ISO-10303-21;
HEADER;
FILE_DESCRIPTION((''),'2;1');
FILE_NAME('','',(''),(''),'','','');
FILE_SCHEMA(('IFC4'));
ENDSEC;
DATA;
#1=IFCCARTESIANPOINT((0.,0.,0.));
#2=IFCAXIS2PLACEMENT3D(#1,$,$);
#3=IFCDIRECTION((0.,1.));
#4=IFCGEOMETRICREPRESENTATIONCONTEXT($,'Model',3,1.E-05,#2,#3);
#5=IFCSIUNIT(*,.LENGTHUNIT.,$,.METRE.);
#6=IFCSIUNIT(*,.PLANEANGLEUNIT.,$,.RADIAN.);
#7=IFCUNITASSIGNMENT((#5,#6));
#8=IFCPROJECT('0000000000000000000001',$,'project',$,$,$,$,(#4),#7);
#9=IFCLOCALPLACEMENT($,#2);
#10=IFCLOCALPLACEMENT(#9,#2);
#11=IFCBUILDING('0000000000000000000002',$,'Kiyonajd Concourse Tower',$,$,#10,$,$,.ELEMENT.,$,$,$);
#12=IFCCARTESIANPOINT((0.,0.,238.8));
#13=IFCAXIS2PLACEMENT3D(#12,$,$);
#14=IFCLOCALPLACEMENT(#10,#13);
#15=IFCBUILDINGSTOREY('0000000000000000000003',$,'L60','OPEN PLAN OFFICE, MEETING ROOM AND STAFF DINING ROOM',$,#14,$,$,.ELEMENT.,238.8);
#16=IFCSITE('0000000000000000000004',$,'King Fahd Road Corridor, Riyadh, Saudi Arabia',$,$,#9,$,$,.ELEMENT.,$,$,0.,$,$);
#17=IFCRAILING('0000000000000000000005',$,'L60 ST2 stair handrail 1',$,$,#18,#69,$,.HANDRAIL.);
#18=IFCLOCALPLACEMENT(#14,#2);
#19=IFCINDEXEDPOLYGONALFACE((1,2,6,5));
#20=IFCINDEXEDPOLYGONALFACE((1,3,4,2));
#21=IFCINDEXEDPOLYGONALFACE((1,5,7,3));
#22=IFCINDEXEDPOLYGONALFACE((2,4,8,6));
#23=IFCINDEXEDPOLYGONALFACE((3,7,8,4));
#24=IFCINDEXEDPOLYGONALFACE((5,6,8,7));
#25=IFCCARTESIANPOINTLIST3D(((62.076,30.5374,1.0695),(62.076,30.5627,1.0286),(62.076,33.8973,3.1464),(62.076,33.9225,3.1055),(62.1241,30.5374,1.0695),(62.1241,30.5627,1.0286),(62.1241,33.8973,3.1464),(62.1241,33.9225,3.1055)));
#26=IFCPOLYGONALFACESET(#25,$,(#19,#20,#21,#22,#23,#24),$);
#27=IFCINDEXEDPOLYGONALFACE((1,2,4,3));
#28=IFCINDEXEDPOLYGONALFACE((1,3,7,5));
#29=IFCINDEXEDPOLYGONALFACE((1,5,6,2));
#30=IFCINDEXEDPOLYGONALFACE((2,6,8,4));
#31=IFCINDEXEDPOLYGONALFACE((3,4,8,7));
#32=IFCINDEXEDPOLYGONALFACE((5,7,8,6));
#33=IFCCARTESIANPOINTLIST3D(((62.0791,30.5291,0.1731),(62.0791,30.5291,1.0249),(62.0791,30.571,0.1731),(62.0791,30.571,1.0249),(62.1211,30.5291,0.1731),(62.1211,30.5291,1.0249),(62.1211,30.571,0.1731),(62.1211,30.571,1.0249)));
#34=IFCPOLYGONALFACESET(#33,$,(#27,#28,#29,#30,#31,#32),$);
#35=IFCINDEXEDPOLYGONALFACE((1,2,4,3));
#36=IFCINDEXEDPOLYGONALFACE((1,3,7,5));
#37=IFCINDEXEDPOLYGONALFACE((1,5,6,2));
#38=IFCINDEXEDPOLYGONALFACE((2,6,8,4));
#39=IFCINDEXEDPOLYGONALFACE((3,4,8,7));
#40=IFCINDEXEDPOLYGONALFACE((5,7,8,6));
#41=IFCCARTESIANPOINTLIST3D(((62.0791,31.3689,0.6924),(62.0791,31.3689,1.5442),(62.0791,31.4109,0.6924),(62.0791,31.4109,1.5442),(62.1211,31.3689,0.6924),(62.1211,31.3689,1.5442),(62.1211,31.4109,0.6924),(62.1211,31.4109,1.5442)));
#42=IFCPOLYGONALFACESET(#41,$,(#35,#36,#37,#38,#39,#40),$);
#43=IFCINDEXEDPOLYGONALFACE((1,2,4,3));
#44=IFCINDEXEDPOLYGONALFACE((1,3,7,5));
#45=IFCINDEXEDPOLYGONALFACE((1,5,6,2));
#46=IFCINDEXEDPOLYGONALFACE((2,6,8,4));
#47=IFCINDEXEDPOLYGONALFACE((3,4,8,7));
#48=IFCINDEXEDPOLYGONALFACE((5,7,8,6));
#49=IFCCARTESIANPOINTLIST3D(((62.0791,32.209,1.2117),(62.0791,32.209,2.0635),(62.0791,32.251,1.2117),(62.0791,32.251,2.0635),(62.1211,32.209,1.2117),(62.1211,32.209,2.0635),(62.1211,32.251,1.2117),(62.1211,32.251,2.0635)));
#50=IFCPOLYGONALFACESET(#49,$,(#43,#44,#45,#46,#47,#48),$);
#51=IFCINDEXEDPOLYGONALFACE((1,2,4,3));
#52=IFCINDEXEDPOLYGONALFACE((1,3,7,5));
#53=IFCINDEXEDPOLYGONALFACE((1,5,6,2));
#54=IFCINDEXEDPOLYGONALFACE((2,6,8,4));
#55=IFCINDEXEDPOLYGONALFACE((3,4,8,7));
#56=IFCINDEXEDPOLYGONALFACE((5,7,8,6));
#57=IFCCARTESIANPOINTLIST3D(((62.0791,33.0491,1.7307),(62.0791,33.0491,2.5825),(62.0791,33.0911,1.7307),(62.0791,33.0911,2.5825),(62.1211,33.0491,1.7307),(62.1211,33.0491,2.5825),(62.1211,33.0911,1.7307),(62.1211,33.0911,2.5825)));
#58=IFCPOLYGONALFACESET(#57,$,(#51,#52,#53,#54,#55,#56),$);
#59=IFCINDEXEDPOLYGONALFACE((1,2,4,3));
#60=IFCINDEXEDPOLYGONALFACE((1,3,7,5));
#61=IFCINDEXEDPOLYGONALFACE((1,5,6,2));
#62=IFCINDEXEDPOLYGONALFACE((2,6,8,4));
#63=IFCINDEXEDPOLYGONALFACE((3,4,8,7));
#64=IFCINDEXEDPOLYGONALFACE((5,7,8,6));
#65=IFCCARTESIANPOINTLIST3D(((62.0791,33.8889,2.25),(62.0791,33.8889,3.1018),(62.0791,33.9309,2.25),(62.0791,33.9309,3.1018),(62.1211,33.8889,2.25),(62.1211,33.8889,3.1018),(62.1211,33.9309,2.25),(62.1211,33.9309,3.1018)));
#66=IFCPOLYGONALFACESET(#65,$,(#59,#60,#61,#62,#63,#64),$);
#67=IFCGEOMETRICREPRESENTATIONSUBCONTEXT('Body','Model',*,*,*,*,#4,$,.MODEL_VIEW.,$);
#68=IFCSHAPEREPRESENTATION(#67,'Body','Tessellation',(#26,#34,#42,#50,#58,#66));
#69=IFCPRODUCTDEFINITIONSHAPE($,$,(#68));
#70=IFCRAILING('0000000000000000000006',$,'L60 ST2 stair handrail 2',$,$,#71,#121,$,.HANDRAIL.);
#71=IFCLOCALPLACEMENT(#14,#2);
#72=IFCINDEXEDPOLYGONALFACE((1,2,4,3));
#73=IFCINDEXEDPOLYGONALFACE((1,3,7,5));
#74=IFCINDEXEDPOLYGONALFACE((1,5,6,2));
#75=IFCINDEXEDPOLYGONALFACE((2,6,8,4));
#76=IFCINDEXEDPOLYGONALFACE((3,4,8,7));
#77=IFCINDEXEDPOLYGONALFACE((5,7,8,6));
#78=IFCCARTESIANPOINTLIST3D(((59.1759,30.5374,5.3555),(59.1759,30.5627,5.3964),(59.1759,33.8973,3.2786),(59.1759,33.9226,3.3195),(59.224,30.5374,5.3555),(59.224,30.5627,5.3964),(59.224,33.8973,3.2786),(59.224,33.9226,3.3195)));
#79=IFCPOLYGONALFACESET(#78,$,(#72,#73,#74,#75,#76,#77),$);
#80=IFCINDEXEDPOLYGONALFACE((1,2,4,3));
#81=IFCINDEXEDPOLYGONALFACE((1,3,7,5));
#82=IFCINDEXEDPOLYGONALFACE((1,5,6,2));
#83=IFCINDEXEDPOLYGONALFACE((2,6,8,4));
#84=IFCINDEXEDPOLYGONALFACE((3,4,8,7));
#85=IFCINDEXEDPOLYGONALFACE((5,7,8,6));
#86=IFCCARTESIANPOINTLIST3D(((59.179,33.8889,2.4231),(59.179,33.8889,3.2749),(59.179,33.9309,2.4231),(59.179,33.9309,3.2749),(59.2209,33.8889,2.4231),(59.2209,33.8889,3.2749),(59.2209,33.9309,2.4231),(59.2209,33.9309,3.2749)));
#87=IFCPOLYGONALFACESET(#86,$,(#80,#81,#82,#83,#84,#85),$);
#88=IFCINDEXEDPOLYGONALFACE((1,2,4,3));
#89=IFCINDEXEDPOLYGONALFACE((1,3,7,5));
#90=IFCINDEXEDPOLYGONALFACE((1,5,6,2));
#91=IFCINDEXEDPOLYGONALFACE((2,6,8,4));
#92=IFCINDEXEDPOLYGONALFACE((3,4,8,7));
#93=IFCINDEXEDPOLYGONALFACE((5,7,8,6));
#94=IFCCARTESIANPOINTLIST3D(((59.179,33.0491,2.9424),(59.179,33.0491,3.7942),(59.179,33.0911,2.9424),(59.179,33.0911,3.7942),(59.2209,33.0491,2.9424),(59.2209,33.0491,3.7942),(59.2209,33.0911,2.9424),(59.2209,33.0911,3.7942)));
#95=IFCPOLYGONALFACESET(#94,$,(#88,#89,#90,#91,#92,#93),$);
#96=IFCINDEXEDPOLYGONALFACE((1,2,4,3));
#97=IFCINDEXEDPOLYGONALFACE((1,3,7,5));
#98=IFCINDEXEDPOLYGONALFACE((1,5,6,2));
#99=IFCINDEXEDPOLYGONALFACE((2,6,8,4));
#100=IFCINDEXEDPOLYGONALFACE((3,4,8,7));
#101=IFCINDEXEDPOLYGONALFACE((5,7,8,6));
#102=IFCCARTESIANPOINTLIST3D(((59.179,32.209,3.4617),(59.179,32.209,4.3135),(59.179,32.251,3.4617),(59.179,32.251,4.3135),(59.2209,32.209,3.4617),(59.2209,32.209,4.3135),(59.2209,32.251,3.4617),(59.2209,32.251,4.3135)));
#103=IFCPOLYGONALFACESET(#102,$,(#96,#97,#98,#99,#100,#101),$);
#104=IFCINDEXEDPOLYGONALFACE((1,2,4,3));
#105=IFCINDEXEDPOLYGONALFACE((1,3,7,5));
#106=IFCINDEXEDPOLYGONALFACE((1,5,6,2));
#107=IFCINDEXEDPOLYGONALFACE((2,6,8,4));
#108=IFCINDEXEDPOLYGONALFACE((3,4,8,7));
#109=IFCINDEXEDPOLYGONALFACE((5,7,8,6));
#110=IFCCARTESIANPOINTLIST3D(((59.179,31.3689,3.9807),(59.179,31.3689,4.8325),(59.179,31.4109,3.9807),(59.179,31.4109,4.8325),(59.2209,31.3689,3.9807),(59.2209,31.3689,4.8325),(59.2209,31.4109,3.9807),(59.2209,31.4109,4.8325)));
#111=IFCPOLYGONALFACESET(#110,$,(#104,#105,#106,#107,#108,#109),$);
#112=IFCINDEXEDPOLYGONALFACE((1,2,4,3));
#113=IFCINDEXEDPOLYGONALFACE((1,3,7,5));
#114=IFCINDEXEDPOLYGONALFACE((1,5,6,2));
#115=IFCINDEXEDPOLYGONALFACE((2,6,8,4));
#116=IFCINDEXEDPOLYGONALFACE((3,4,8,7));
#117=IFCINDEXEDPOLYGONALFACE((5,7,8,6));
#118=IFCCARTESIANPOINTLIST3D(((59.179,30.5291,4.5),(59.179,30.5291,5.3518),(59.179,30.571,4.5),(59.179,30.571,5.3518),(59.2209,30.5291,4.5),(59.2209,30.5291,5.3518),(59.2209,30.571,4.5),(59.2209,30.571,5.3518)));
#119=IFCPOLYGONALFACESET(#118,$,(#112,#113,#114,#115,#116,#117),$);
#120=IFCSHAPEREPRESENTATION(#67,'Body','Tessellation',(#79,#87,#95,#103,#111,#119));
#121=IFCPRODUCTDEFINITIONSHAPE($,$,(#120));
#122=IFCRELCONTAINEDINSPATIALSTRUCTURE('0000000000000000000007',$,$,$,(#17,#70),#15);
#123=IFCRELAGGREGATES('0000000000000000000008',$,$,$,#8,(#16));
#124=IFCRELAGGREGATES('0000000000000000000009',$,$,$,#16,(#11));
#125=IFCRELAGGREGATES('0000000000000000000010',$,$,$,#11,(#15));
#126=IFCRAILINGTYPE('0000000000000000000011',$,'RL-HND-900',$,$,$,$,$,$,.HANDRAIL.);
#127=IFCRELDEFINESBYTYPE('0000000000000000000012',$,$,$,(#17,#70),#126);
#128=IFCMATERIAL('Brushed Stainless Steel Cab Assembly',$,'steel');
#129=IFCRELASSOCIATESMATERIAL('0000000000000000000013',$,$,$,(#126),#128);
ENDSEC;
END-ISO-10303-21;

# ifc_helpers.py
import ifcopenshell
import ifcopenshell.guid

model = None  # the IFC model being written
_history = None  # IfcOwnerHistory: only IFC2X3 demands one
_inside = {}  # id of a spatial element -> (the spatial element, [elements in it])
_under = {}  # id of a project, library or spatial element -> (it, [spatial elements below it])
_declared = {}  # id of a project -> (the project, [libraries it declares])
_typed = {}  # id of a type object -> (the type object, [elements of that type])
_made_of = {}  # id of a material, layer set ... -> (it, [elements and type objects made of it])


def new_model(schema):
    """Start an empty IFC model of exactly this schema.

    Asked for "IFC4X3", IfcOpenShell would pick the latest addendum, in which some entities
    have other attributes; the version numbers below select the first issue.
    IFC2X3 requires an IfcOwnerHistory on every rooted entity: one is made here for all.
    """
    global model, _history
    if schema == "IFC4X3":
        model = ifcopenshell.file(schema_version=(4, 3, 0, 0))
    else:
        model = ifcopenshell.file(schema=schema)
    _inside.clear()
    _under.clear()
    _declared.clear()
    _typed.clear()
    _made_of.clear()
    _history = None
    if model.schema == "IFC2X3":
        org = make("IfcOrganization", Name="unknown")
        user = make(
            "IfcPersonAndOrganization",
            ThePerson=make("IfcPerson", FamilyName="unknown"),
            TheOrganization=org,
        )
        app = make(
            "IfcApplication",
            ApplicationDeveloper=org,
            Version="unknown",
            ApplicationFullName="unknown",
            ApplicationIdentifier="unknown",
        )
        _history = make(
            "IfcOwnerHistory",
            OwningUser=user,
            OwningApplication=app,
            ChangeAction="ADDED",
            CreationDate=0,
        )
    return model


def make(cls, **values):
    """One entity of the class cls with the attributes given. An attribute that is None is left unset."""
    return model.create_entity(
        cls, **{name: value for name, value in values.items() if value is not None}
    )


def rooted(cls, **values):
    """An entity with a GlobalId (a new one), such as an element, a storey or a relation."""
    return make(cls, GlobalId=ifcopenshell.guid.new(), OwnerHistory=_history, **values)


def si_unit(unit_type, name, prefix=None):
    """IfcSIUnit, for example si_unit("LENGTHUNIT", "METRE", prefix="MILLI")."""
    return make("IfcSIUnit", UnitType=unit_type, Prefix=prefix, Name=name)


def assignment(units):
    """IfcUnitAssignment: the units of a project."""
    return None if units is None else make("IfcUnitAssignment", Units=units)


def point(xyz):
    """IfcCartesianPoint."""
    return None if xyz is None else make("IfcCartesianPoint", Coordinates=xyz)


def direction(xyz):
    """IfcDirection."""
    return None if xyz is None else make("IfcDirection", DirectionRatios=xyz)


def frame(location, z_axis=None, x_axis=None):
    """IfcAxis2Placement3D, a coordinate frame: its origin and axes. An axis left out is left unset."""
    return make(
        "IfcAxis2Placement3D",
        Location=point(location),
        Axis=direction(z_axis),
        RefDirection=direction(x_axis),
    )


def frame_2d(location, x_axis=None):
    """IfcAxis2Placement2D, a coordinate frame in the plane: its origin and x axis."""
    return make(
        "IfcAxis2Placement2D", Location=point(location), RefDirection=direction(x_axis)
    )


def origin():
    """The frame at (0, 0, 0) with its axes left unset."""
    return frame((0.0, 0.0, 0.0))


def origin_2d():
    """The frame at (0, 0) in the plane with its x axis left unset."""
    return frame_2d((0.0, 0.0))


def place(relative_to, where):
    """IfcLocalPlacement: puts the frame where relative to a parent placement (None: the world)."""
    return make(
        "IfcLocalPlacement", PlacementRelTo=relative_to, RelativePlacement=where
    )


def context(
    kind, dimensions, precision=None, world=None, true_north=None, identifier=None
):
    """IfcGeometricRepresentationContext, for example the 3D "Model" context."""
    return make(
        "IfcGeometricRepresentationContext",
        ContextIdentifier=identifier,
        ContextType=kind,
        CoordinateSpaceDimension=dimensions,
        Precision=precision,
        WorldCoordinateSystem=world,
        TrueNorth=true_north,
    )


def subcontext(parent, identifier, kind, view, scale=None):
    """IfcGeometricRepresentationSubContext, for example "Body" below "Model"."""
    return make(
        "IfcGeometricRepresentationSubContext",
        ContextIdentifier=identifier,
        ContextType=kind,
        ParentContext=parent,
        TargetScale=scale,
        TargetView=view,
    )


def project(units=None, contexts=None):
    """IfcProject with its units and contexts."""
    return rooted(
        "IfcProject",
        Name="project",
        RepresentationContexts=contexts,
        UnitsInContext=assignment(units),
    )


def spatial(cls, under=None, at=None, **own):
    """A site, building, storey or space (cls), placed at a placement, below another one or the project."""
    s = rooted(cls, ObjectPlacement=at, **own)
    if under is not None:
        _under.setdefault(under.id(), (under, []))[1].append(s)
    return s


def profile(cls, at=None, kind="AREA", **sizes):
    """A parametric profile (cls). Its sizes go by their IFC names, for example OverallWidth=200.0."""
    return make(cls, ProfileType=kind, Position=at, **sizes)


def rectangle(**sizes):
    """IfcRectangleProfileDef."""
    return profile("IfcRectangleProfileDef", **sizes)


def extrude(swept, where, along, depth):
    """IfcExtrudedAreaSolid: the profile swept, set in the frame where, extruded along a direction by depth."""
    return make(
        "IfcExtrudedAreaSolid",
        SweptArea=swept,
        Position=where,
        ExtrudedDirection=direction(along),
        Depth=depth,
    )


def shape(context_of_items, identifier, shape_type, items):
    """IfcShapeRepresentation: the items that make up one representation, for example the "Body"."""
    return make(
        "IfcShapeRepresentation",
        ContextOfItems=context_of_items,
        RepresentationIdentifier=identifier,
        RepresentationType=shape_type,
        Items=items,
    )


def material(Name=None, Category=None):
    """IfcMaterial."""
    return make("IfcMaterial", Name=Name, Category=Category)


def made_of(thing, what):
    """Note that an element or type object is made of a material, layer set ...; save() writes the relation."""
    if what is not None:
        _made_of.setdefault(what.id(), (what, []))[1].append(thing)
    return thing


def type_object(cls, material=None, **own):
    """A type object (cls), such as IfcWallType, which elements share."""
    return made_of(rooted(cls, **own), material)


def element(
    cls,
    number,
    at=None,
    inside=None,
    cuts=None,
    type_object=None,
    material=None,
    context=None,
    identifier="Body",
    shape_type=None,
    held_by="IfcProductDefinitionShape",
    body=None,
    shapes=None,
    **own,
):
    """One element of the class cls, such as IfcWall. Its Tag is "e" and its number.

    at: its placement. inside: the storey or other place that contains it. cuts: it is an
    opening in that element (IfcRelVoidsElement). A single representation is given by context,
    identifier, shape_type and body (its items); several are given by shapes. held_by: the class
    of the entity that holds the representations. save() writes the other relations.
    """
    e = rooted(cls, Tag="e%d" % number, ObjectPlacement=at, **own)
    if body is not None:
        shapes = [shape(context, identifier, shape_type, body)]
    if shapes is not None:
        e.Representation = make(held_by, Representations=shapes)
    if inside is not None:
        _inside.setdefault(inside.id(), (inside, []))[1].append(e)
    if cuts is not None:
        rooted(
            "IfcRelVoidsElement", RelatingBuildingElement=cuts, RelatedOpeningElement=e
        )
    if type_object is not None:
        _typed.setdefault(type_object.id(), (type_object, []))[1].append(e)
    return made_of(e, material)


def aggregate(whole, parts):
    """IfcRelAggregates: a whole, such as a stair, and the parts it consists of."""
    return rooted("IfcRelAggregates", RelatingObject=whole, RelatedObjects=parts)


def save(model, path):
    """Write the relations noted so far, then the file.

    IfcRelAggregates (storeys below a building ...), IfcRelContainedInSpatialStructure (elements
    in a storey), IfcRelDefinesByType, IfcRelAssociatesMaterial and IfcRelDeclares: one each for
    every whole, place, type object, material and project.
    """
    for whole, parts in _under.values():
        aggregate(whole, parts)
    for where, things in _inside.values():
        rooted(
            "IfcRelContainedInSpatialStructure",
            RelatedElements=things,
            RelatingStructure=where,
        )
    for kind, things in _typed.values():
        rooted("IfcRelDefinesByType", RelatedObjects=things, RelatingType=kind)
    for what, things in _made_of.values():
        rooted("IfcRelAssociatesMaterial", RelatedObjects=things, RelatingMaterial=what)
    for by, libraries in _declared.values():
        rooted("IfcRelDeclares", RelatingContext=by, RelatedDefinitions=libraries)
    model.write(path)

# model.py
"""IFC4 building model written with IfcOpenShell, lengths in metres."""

from ifc_helpers import new_model, si_unit, direction, frame, origin, origin_2d, place, context, subcontext, project, spatial, rectangle, extrude, material, type_object, element, save


model = new_model("IFC4")

# Units and contexts
model_context = context("Model", 3, precision=1e-05, world=origin(), true_north=direction((0.0, 1.0)))
body_context = subcontext(model_context, "Body", "Model", "MODEL_VIEW")
ifc_project = project(units=[si_unit("LENGTHUNIT", "METRE"), si_unit("PLANEANGLEUNIT", "RADIAN")], contexts=[model_context])

# Site, building, storey
site_placement = place(None, origin())
site = spatial("IfcSite", under=ifc_project, at=site_placement, Name="King Fahd Road Corridor, Riyadh, Saudi Arabia", CompositionType="ELEMENT", RefElevation=0.0)
building_placement = place(site_placement, origin())
building = spatial("IfcBuilding", under=site, at=building_placement, Name="Kiyonajd Concourse Tower", CompositionType="ELEMENT")
storey_placement = place(building_placement, frame((0.0, 0.0, 238.8)))
storey = spatial("IfcBuildingStorey", under=building, at=storey_placement, Name="L60", Description="OPEN PLAN OFFICE, MEETING ROOM AND STAFF DINING ROOM", CompositionType="ELEMENT", Elevation=238.8)

# Shared definitions
ifc_material_1 = material(Name="Brushed Stainless Steel Cab Assembly", Category="steel")

# Railings
railing_type_1 = type_object("IfcRailingType", Name="RL-HND-900", PredefinedType="HANDRAIL", material=ifc_material_1)
railing_1_placement = place(storey_placement, frame((62.1001, 30.55, 0.1731)))
element("IfcRailing", 1, at=railing_1_placement, inside=storey, type_object=railing_type_1, Name="L60 ST2 stair handrail 1", PredefinedType="HANDRAIL", context=body_context, shape_type="SweptSolid", body=[
    extrude(rectangle(XDim=0.0481, YDim=0.0481, at=origin_2d()), frame((0.0, 0.0, 0.876), z_axis=(0.0, 0.850606, 0.525803), x_axis=(-1.0, 0.0, 0.0)), (0.0, 0.0, 1.0), 3.95),
    extrude(rectangle(XDim=0.042, YDim=0.042, at=origin_2d()), origin(), (0.0, 0.0, 1.0), 0.8518),
    extrude(rectangle(XDim=0.042, YDim=0.042, at=origin_2d()), frame((0.0, 0.8398, 0.5193)), (0.0, 0.0, 1.0), 0.8518),
    extrude(rectangle(XDim=0.042, YDim=0.042, at=origin_2d()), frame((0.0, 1.6799, 1.0386)), (0.0, 0.0, 1.0), 0.8518),
    extrude(rectangle(XDim=0.042, YDim=0.042, at=origin_2d()), frame((0.0, 2.52, 1.5576)), (0.0, 0.0, 1.0), 0.8518),
    extrude(rectangle(XDim=0.042, YDim=0.042, at=origin_2d()), frame((0.0, 3.3599, 2.0769)), (0.0, 0.0, 1.0), 0.8518),
])
railing_2_placement = place(storey_placement, frame((59.2, 33.9099, 2.4231)))
element("IfcRailing", 2, at=railing_2_placement, inside=storey, type_object=railing_type_1, Name="L60 ST2 stair handrail 2", PredefinedType="HANDRAIL", context=body_context, shape_type="SweptSolid", body=[
    extrude(rectangle(XDim=0.0481, YDim=0.0481, at=origin_2d()), frame((0.0, 0.0, 0.876), z_axis=(0.0, -0.850606, 0.525803), x_axis=(1.0, 0.0, 0.0)), (0.0, 0.0, 1.0), 3.95),
    extrude(rectangle(XDim=0.042, YDim=0.042, at=origin_2d()), origin(), (0.0, 0.0, 1.0), 0.8518),
    extrude(rectangle(XDim=0.042, YDim=0.042, at=origin_2d()), frame((0.0, -0.8398, 0.5193)), (0.0, 0.0, 1.0), 0.8518),
    extrude(rectangle(XDim=0.042, YDim=0.042, at=origin_2d()), frame((0.0, -1.6799, 1.0386)), (0.0, 0.0, 1.0), 0.8518),
    extrude(rectangle(XDim=0.042, YDim=0.042, at=origin_2d()), frame((0.0, -2.52, 1.5576)), (0.0, 0.0, 1.0), 0.8518),
    extrude(rectangle(XDim=0.042, YDim=0.042, at=origin_2d()), frame((0.0, -3.3599, 2.0769)), (0.0, 0.0, 1.0), 0.8518),
])

save(model, "model.ifc")
